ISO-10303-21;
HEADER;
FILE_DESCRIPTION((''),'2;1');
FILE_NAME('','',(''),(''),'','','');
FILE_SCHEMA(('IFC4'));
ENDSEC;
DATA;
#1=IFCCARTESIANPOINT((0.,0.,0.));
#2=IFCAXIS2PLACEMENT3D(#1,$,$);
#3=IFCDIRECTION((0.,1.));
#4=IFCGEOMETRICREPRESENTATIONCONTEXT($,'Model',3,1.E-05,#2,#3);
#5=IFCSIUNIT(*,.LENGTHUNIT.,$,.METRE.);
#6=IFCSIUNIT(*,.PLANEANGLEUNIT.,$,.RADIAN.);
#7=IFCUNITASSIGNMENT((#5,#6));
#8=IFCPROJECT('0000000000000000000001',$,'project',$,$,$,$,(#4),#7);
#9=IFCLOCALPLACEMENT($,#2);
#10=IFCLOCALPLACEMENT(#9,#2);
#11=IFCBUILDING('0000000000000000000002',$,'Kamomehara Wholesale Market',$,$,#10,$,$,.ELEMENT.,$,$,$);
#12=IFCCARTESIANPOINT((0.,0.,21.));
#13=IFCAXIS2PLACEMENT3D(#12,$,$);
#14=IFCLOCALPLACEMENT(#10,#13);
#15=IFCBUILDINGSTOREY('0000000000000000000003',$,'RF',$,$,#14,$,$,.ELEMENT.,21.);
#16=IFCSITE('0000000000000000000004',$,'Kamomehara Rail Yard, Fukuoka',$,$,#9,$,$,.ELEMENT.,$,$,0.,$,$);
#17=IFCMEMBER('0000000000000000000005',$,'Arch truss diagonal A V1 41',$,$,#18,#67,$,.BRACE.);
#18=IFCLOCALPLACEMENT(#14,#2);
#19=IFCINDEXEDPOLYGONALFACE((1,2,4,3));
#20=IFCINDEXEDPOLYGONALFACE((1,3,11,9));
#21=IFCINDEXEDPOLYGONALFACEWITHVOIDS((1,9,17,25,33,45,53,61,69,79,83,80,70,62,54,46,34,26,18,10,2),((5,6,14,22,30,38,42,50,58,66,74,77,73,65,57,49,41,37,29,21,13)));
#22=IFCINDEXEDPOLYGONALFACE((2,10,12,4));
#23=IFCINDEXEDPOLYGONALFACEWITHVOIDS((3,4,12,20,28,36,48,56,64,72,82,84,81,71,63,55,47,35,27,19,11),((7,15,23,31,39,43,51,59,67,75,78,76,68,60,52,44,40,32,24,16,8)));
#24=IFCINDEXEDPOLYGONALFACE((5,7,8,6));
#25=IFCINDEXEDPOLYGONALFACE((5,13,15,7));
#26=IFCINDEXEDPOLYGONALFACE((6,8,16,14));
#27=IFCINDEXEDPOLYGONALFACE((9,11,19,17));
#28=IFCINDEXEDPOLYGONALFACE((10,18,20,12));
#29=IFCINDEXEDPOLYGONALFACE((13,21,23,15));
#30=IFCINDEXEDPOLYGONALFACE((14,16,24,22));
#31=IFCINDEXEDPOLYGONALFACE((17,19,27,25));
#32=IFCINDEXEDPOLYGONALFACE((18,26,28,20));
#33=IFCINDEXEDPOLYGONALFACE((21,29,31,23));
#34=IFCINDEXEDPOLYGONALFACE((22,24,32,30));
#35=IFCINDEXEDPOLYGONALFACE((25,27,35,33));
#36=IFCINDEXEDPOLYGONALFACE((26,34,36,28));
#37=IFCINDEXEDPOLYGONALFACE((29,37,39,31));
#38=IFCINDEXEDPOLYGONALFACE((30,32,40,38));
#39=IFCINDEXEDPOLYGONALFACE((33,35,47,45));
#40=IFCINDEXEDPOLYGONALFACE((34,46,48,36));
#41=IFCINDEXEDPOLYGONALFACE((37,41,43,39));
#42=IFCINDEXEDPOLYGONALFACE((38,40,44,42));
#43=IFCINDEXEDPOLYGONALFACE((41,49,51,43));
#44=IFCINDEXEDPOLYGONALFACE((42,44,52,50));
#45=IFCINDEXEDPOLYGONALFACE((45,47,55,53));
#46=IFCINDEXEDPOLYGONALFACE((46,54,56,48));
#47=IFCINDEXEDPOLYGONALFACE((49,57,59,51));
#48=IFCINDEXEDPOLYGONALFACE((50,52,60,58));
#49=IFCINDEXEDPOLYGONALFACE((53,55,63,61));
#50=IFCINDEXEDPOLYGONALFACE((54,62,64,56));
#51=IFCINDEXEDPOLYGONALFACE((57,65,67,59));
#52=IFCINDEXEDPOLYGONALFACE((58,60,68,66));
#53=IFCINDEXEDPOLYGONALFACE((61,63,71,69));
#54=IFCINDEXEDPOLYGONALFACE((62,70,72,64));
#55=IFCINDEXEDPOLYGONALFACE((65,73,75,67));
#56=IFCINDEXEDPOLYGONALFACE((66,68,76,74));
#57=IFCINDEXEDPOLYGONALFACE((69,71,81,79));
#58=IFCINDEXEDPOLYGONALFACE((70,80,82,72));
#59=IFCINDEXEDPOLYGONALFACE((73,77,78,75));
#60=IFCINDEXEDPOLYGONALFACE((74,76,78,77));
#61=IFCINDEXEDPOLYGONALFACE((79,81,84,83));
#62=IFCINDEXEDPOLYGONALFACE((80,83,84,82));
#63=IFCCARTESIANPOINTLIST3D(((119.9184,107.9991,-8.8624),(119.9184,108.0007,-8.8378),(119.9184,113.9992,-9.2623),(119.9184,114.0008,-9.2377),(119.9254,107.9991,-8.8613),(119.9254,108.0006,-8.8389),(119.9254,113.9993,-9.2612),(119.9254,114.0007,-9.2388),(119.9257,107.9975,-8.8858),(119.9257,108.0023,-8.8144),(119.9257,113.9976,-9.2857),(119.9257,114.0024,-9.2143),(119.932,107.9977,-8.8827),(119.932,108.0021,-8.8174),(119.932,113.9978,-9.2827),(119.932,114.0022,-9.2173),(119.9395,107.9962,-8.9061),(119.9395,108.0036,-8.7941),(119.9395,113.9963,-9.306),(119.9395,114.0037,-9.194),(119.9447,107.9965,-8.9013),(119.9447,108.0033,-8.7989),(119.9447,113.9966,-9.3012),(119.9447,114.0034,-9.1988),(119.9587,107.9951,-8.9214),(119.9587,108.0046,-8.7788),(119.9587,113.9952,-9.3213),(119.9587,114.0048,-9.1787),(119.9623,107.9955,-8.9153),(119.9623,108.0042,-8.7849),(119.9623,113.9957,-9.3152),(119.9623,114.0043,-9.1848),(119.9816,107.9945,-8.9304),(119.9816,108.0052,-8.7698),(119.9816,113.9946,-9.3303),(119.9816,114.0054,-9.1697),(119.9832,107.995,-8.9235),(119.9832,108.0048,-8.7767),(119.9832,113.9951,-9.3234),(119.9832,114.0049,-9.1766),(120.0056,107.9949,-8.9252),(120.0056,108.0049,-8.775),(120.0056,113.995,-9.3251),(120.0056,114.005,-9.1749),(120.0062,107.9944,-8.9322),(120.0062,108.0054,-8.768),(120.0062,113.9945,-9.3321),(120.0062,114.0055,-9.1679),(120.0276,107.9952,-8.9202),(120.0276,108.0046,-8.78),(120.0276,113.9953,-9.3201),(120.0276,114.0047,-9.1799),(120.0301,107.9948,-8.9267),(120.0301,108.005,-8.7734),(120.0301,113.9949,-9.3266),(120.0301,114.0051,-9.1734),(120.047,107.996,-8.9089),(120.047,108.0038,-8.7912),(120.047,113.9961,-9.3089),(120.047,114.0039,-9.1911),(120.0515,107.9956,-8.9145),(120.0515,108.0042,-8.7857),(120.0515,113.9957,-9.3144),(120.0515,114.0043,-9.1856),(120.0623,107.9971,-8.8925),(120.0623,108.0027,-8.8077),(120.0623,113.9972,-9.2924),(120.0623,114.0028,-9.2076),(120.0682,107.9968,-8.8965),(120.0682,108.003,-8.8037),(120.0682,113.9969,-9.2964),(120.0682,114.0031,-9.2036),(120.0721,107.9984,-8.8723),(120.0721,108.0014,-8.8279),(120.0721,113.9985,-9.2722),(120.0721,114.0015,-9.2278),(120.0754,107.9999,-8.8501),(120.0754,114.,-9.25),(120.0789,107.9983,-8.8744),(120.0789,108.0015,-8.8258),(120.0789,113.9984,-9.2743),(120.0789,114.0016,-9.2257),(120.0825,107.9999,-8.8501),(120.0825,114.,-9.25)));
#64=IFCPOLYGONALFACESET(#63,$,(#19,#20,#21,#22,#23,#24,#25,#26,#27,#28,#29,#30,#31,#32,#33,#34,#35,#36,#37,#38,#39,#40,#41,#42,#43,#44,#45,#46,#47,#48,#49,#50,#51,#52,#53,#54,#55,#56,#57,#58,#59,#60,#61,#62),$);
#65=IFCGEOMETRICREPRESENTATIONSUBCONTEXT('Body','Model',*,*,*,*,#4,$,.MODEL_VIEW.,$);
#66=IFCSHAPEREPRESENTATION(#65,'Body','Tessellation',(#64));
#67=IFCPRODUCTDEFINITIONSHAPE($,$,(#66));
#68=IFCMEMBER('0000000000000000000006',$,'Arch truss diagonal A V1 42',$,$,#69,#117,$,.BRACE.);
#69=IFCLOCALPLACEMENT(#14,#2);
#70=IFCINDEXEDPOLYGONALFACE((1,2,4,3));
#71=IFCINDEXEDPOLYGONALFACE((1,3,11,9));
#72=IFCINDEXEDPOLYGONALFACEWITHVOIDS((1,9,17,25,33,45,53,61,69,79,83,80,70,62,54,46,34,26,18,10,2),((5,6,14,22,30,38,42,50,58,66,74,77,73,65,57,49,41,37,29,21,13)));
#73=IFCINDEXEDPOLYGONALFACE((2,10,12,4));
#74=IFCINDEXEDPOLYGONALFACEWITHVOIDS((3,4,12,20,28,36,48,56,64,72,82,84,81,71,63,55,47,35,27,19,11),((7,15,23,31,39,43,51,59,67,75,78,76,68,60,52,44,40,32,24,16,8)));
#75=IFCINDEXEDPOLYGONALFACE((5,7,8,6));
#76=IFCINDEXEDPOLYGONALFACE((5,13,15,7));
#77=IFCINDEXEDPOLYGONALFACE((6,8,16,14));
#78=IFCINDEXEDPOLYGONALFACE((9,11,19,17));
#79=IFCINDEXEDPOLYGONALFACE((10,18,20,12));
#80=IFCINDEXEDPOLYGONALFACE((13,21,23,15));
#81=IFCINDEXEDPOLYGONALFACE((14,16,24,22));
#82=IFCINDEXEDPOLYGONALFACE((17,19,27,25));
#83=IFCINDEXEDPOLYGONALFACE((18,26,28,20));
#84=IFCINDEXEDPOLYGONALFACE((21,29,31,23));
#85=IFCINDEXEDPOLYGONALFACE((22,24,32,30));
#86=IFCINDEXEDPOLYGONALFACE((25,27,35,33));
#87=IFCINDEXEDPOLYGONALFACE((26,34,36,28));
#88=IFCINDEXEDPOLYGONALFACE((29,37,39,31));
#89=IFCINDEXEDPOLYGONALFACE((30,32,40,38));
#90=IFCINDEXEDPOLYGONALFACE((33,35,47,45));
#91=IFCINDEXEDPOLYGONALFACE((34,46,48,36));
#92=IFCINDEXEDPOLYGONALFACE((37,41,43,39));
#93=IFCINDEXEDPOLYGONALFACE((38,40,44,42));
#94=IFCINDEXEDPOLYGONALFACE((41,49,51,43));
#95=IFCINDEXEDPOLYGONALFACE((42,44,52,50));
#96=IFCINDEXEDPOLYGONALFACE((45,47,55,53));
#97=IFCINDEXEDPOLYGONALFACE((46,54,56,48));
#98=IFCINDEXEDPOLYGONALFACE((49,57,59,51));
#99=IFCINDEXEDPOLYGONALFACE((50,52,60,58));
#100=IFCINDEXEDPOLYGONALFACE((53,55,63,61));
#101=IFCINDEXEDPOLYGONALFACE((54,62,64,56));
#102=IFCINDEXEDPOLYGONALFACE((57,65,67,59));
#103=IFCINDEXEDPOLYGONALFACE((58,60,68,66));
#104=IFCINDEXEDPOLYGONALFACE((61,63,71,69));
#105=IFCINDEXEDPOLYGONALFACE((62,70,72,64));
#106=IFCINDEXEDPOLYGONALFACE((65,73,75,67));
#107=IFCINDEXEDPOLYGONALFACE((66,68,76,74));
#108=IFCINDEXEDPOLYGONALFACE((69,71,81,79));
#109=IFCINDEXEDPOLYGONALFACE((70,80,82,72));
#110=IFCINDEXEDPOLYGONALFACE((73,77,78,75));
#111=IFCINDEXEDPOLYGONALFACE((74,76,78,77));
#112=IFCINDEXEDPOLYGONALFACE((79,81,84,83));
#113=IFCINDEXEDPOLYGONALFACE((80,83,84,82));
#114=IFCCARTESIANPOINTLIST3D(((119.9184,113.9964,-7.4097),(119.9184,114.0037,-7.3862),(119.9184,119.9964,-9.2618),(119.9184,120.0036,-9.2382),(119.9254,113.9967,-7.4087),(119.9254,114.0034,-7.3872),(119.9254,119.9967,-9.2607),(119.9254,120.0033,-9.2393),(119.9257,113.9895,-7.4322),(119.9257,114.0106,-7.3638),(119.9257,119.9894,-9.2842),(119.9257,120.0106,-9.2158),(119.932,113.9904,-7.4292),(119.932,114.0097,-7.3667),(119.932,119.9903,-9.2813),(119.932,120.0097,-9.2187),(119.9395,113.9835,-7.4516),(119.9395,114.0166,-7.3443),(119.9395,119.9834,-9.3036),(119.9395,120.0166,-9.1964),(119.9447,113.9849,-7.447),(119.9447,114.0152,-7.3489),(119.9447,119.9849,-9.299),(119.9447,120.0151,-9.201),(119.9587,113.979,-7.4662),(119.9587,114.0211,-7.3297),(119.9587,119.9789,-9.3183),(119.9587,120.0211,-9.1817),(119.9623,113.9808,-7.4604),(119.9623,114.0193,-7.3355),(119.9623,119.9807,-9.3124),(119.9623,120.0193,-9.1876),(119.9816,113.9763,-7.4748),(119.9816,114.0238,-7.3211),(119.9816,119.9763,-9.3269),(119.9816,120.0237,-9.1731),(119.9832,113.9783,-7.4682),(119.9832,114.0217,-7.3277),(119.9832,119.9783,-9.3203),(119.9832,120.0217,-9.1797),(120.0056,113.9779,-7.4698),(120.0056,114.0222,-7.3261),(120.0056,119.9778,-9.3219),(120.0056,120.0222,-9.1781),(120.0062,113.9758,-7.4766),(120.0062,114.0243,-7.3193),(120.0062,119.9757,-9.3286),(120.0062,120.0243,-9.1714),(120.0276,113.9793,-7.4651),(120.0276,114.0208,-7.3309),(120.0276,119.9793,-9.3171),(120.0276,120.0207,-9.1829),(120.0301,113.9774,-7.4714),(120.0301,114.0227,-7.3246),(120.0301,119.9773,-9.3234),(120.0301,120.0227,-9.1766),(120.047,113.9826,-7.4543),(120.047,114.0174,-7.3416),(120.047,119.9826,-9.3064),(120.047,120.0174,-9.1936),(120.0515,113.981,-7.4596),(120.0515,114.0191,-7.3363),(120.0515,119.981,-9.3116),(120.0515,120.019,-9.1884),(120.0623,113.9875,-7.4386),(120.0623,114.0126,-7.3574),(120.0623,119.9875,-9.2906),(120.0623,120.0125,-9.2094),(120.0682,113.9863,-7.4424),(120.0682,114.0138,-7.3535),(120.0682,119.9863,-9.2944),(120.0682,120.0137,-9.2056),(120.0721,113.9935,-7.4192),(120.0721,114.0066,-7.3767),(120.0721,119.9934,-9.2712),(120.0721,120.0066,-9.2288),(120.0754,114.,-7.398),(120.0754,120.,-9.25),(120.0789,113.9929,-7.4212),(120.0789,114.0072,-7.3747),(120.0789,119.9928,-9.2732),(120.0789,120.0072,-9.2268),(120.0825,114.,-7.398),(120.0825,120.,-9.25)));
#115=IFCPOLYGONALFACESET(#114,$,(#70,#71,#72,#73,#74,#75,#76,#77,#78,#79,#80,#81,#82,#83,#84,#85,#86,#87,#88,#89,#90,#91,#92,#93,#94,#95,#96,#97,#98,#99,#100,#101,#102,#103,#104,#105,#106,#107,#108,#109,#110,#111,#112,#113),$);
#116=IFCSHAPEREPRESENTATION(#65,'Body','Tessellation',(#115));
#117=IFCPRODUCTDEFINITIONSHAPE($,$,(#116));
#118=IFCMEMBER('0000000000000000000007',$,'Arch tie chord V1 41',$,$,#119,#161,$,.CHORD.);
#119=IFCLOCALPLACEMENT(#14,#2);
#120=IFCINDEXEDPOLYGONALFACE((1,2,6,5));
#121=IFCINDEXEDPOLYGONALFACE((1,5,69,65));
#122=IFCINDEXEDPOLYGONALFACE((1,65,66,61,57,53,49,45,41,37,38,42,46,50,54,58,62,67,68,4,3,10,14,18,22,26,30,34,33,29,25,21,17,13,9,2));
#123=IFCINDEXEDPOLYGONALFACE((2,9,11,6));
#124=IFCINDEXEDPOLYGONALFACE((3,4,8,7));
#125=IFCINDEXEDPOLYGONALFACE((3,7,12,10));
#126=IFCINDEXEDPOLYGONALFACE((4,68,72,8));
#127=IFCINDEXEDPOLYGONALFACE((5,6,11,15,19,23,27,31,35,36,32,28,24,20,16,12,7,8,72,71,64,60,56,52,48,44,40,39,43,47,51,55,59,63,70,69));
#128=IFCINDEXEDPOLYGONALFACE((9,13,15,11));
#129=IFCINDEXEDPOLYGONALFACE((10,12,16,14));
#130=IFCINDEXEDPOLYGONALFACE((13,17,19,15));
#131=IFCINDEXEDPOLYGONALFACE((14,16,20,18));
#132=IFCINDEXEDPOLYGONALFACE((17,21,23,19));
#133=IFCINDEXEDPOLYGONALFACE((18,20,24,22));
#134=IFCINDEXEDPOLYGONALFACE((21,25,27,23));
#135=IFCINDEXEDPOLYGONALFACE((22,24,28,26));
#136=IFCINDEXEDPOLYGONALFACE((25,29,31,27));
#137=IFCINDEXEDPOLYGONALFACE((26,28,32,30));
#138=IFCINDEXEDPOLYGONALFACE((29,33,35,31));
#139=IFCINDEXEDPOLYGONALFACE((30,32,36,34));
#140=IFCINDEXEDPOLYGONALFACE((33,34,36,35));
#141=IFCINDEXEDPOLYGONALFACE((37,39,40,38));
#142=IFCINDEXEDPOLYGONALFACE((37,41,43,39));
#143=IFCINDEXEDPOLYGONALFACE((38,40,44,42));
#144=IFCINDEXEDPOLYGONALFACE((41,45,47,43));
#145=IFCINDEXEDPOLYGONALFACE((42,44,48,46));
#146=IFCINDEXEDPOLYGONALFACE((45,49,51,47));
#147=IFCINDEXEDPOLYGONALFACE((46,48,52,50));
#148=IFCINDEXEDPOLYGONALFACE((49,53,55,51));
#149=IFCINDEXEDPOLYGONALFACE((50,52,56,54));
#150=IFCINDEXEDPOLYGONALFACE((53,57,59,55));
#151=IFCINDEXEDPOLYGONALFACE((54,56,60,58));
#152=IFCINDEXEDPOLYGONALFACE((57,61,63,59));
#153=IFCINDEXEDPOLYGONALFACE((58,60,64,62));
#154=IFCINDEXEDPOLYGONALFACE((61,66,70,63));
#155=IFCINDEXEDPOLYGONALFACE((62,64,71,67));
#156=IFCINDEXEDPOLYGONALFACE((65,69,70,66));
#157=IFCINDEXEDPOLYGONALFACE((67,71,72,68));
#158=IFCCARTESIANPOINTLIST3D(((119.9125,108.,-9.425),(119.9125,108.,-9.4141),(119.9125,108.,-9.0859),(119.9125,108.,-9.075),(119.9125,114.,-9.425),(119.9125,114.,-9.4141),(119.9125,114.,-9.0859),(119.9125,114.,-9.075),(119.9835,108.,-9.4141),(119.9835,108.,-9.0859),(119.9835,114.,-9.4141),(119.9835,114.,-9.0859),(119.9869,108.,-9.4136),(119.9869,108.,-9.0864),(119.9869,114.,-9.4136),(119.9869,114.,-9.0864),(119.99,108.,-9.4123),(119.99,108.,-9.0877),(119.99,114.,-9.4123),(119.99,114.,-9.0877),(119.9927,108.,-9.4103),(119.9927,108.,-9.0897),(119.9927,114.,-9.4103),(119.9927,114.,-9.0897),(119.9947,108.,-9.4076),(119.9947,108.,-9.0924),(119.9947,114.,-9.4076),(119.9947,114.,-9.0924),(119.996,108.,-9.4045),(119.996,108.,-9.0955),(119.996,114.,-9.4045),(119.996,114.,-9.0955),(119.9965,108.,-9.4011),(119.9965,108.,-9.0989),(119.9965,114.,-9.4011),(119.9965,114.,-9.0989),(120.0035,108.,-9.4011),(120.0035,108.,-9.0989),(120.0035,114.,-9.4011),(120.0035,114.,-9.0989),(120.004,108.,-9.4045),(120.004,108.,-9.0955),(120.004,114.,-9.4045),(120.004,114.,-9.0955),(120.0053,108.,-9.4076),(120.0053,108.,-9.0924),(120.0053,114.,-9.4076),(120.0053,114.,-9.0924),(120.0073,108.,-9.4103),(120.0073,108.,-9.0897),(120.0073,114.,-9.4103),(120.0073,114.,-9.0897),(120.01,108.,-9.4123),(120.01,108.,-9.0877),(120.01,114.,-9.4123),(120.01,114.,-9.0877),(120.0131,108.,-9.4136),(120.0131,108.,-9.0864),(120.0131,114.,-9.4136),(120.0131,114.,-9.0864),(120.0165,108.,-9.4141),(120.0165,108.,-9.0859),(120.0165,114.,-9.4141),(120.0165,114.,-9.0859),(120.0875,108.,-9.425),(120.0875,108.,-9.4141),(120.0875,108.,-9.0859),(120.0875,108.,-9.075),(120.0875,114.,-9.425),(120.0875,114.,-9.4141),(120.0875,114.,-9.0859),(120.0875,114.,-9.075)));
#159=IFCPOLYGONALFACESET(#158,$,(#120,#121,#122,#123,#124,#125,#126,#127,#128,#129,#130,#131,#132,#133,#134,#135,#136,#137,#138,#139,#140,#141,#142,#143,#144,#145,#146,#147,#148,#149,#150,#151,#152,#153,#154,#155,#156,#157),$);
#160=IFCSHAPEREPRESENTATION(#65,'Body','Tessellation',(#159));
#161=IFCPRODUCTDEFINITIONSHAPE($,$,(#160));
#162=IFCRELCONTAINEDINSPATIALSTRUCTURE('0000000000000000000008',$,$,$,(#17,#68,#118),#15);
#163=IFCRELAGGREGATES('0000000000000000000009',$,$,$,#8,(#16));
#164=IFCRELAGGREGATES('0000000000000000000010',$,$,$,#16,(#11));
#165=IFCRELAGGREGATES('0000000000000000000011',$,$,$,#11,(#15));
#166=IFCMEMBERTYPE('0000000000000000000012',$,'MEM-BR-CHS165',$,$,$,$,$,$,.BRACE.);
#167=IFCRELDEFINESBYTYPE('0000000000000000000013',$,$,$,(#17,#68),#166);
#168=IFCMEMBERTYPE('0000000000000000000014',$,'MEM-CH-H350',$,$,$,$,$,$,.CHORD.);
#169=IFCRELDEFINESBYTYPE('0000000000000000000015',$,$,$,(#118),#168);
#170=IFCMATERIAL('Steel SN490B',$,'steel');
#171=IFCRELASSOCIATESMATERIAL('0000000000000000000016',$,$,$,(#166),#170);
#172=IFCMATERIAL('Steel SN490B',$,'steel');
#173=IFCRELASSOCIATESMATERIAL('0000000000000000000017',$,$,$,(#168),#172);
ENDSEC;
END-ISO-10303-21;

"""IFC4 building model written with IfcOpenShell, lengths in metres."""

from ifc_helpers import new_model, si_unit, direction, frame, origin, origin_2d, place, context, subcontext, project, spatial, hollow_circle, i_section, extrude, material, material_profile, profile_set, type_object, element, save


model = new_model("IFC4")

# Units and contexts
model_context = context("Model", 3, precision=1e-05, world=origin(), true_north=direction((0.0, 1.0)))
body_context = subcontext(model_context, "Body", "Model", "MODEL_VIEW")
ifc_project = project(units=[si_unit("LENGTHUNIT", "METRE"), si_unit("PLANEANGLEUNIT", "RADIAN")], contexts=[model_context])

# Site, building, storey
site_placement = place(None, origin())
site = spatial("IfcSite", under=ifc_project, at=site_placement, Name="Kamomehara Rail Yard, Fukuoka", CompositionType="ELEMENT", RefElevation=0.0)
building_placement = place(site_placement, origin())
building = spatial("IfcBuilding", under=site, at=building_placement, Name="Kamomehara Wholesale Market", CompositionType="ELEMENT")
storey_placement = place(building_placement, frame((0.0, 0.0, 21.0)))
storey = spatial("IfcBuildingStorey", under=building, at=storey_placement, Name="RF", CompositionType="ELEMENT", Elevation=21.0)

# Members
ifc_material_1 = material(Name="Steel SN490B", Category="steel")
ifc_material_profile_1 = material_profile(ifc_material_1, hollow_circle(Radius=0.0825, WallThickness=0.0071, at=origin_2d()), Name="CHS-165.2x7.1")
ifc_profile_set_1 = profile_set([ifc_material_profile_1], Name="Steel SN490B")
member_type_1 = type_object("IfcMemberType", Name="MEM-BR-CHS165", PredefinedType="BRACE", material=ifc_profile_set_1)
member_1_placement = place(storey_placement, frame((120.0, 114.0, -9.25), z_axis=(0.0, -0.997786, 0.066503), x_axis=(1.0, 0.0, 0.0)))
element("IfcMember", 1, at=member_1_placement, inside=storey, type_object=member_type_1, Name="Arch truss diagonal A V1 41", PredefinedType="BRACE", context=body_context, shape_type="SweptSolid", body=[
    extrude(hollow_circle(Radius=0.0825, WallThickness=0.0071, at=origin_2d()), origin(), (0.0, 0.0, 1.0), 6.0134),
])
member_2_placement = place(storey_placement, frame((120.0, 120.0, -9.25), z_axis=(0.0, -0.955515, 0.294944), x_axis=(1.0, 0.0, 0.0)))
element("IfcMember", 2, at=member_2_placement, inside=storey, type_object=member_type_1, Name="Arch truss diagonal A V1 42", PredefinedType="BRACE", context=body_context, shape_type="SweptSolid", body=[
    extrude(hollow_circle(Radius=0.0825, WallThickness=0.0071, at=origin_2d()), origin(), (0.0, 0.0, 1.0), 6.2793),
])
ifc_material_2 = material(Name="Steel SN490B", Category="steel")
ifc_material_profile_2 = material_profile(ifc_material_2, i_section(OverallWidth=0.175, OverallDepth=0.3501, WebThickness=0.0071, FlangeThickness=0.011, FilletRadius=0.0129, at=origin_2d()), Name="H-350x175x7x11")
ifc_profile_set_2 = profile_set([ifc_material_profile_2], Name="Steel SN490B")
member_type_2 = type_object("IfcMemberType", Name="MEM-CH-H350", PredefinedType="CHORD", material=ifc_profile_set_2)
for number, where, z_axis, x_axis, name in (
    (3, (120.0, 108.0, -9.25), (0.0, 1.0, 0.0), (-1.0, 0.0, 0.0), "Arch tie chord V1 41"),
):
    element("IfcMember", number, at=place(storey_placement, frame(where, z_axis=z_axis, x_axis=x_axis)), inside=storey, type_object=member_type_2, Name=name, PredefinedType="CHORD", context=body_context, shape_type="SweptSolid", body=[
        extrude(i_section(OverallWidth=0.175, OverallDepth=0.3501, WebThickness=0.0071, FlangeThickness=0.011, FilletRadius=0.0129, at=origin_2d()), origin(), (0.0, 0.0, 1.0), 6.0),
    ])

save(model, "model.ifc")
